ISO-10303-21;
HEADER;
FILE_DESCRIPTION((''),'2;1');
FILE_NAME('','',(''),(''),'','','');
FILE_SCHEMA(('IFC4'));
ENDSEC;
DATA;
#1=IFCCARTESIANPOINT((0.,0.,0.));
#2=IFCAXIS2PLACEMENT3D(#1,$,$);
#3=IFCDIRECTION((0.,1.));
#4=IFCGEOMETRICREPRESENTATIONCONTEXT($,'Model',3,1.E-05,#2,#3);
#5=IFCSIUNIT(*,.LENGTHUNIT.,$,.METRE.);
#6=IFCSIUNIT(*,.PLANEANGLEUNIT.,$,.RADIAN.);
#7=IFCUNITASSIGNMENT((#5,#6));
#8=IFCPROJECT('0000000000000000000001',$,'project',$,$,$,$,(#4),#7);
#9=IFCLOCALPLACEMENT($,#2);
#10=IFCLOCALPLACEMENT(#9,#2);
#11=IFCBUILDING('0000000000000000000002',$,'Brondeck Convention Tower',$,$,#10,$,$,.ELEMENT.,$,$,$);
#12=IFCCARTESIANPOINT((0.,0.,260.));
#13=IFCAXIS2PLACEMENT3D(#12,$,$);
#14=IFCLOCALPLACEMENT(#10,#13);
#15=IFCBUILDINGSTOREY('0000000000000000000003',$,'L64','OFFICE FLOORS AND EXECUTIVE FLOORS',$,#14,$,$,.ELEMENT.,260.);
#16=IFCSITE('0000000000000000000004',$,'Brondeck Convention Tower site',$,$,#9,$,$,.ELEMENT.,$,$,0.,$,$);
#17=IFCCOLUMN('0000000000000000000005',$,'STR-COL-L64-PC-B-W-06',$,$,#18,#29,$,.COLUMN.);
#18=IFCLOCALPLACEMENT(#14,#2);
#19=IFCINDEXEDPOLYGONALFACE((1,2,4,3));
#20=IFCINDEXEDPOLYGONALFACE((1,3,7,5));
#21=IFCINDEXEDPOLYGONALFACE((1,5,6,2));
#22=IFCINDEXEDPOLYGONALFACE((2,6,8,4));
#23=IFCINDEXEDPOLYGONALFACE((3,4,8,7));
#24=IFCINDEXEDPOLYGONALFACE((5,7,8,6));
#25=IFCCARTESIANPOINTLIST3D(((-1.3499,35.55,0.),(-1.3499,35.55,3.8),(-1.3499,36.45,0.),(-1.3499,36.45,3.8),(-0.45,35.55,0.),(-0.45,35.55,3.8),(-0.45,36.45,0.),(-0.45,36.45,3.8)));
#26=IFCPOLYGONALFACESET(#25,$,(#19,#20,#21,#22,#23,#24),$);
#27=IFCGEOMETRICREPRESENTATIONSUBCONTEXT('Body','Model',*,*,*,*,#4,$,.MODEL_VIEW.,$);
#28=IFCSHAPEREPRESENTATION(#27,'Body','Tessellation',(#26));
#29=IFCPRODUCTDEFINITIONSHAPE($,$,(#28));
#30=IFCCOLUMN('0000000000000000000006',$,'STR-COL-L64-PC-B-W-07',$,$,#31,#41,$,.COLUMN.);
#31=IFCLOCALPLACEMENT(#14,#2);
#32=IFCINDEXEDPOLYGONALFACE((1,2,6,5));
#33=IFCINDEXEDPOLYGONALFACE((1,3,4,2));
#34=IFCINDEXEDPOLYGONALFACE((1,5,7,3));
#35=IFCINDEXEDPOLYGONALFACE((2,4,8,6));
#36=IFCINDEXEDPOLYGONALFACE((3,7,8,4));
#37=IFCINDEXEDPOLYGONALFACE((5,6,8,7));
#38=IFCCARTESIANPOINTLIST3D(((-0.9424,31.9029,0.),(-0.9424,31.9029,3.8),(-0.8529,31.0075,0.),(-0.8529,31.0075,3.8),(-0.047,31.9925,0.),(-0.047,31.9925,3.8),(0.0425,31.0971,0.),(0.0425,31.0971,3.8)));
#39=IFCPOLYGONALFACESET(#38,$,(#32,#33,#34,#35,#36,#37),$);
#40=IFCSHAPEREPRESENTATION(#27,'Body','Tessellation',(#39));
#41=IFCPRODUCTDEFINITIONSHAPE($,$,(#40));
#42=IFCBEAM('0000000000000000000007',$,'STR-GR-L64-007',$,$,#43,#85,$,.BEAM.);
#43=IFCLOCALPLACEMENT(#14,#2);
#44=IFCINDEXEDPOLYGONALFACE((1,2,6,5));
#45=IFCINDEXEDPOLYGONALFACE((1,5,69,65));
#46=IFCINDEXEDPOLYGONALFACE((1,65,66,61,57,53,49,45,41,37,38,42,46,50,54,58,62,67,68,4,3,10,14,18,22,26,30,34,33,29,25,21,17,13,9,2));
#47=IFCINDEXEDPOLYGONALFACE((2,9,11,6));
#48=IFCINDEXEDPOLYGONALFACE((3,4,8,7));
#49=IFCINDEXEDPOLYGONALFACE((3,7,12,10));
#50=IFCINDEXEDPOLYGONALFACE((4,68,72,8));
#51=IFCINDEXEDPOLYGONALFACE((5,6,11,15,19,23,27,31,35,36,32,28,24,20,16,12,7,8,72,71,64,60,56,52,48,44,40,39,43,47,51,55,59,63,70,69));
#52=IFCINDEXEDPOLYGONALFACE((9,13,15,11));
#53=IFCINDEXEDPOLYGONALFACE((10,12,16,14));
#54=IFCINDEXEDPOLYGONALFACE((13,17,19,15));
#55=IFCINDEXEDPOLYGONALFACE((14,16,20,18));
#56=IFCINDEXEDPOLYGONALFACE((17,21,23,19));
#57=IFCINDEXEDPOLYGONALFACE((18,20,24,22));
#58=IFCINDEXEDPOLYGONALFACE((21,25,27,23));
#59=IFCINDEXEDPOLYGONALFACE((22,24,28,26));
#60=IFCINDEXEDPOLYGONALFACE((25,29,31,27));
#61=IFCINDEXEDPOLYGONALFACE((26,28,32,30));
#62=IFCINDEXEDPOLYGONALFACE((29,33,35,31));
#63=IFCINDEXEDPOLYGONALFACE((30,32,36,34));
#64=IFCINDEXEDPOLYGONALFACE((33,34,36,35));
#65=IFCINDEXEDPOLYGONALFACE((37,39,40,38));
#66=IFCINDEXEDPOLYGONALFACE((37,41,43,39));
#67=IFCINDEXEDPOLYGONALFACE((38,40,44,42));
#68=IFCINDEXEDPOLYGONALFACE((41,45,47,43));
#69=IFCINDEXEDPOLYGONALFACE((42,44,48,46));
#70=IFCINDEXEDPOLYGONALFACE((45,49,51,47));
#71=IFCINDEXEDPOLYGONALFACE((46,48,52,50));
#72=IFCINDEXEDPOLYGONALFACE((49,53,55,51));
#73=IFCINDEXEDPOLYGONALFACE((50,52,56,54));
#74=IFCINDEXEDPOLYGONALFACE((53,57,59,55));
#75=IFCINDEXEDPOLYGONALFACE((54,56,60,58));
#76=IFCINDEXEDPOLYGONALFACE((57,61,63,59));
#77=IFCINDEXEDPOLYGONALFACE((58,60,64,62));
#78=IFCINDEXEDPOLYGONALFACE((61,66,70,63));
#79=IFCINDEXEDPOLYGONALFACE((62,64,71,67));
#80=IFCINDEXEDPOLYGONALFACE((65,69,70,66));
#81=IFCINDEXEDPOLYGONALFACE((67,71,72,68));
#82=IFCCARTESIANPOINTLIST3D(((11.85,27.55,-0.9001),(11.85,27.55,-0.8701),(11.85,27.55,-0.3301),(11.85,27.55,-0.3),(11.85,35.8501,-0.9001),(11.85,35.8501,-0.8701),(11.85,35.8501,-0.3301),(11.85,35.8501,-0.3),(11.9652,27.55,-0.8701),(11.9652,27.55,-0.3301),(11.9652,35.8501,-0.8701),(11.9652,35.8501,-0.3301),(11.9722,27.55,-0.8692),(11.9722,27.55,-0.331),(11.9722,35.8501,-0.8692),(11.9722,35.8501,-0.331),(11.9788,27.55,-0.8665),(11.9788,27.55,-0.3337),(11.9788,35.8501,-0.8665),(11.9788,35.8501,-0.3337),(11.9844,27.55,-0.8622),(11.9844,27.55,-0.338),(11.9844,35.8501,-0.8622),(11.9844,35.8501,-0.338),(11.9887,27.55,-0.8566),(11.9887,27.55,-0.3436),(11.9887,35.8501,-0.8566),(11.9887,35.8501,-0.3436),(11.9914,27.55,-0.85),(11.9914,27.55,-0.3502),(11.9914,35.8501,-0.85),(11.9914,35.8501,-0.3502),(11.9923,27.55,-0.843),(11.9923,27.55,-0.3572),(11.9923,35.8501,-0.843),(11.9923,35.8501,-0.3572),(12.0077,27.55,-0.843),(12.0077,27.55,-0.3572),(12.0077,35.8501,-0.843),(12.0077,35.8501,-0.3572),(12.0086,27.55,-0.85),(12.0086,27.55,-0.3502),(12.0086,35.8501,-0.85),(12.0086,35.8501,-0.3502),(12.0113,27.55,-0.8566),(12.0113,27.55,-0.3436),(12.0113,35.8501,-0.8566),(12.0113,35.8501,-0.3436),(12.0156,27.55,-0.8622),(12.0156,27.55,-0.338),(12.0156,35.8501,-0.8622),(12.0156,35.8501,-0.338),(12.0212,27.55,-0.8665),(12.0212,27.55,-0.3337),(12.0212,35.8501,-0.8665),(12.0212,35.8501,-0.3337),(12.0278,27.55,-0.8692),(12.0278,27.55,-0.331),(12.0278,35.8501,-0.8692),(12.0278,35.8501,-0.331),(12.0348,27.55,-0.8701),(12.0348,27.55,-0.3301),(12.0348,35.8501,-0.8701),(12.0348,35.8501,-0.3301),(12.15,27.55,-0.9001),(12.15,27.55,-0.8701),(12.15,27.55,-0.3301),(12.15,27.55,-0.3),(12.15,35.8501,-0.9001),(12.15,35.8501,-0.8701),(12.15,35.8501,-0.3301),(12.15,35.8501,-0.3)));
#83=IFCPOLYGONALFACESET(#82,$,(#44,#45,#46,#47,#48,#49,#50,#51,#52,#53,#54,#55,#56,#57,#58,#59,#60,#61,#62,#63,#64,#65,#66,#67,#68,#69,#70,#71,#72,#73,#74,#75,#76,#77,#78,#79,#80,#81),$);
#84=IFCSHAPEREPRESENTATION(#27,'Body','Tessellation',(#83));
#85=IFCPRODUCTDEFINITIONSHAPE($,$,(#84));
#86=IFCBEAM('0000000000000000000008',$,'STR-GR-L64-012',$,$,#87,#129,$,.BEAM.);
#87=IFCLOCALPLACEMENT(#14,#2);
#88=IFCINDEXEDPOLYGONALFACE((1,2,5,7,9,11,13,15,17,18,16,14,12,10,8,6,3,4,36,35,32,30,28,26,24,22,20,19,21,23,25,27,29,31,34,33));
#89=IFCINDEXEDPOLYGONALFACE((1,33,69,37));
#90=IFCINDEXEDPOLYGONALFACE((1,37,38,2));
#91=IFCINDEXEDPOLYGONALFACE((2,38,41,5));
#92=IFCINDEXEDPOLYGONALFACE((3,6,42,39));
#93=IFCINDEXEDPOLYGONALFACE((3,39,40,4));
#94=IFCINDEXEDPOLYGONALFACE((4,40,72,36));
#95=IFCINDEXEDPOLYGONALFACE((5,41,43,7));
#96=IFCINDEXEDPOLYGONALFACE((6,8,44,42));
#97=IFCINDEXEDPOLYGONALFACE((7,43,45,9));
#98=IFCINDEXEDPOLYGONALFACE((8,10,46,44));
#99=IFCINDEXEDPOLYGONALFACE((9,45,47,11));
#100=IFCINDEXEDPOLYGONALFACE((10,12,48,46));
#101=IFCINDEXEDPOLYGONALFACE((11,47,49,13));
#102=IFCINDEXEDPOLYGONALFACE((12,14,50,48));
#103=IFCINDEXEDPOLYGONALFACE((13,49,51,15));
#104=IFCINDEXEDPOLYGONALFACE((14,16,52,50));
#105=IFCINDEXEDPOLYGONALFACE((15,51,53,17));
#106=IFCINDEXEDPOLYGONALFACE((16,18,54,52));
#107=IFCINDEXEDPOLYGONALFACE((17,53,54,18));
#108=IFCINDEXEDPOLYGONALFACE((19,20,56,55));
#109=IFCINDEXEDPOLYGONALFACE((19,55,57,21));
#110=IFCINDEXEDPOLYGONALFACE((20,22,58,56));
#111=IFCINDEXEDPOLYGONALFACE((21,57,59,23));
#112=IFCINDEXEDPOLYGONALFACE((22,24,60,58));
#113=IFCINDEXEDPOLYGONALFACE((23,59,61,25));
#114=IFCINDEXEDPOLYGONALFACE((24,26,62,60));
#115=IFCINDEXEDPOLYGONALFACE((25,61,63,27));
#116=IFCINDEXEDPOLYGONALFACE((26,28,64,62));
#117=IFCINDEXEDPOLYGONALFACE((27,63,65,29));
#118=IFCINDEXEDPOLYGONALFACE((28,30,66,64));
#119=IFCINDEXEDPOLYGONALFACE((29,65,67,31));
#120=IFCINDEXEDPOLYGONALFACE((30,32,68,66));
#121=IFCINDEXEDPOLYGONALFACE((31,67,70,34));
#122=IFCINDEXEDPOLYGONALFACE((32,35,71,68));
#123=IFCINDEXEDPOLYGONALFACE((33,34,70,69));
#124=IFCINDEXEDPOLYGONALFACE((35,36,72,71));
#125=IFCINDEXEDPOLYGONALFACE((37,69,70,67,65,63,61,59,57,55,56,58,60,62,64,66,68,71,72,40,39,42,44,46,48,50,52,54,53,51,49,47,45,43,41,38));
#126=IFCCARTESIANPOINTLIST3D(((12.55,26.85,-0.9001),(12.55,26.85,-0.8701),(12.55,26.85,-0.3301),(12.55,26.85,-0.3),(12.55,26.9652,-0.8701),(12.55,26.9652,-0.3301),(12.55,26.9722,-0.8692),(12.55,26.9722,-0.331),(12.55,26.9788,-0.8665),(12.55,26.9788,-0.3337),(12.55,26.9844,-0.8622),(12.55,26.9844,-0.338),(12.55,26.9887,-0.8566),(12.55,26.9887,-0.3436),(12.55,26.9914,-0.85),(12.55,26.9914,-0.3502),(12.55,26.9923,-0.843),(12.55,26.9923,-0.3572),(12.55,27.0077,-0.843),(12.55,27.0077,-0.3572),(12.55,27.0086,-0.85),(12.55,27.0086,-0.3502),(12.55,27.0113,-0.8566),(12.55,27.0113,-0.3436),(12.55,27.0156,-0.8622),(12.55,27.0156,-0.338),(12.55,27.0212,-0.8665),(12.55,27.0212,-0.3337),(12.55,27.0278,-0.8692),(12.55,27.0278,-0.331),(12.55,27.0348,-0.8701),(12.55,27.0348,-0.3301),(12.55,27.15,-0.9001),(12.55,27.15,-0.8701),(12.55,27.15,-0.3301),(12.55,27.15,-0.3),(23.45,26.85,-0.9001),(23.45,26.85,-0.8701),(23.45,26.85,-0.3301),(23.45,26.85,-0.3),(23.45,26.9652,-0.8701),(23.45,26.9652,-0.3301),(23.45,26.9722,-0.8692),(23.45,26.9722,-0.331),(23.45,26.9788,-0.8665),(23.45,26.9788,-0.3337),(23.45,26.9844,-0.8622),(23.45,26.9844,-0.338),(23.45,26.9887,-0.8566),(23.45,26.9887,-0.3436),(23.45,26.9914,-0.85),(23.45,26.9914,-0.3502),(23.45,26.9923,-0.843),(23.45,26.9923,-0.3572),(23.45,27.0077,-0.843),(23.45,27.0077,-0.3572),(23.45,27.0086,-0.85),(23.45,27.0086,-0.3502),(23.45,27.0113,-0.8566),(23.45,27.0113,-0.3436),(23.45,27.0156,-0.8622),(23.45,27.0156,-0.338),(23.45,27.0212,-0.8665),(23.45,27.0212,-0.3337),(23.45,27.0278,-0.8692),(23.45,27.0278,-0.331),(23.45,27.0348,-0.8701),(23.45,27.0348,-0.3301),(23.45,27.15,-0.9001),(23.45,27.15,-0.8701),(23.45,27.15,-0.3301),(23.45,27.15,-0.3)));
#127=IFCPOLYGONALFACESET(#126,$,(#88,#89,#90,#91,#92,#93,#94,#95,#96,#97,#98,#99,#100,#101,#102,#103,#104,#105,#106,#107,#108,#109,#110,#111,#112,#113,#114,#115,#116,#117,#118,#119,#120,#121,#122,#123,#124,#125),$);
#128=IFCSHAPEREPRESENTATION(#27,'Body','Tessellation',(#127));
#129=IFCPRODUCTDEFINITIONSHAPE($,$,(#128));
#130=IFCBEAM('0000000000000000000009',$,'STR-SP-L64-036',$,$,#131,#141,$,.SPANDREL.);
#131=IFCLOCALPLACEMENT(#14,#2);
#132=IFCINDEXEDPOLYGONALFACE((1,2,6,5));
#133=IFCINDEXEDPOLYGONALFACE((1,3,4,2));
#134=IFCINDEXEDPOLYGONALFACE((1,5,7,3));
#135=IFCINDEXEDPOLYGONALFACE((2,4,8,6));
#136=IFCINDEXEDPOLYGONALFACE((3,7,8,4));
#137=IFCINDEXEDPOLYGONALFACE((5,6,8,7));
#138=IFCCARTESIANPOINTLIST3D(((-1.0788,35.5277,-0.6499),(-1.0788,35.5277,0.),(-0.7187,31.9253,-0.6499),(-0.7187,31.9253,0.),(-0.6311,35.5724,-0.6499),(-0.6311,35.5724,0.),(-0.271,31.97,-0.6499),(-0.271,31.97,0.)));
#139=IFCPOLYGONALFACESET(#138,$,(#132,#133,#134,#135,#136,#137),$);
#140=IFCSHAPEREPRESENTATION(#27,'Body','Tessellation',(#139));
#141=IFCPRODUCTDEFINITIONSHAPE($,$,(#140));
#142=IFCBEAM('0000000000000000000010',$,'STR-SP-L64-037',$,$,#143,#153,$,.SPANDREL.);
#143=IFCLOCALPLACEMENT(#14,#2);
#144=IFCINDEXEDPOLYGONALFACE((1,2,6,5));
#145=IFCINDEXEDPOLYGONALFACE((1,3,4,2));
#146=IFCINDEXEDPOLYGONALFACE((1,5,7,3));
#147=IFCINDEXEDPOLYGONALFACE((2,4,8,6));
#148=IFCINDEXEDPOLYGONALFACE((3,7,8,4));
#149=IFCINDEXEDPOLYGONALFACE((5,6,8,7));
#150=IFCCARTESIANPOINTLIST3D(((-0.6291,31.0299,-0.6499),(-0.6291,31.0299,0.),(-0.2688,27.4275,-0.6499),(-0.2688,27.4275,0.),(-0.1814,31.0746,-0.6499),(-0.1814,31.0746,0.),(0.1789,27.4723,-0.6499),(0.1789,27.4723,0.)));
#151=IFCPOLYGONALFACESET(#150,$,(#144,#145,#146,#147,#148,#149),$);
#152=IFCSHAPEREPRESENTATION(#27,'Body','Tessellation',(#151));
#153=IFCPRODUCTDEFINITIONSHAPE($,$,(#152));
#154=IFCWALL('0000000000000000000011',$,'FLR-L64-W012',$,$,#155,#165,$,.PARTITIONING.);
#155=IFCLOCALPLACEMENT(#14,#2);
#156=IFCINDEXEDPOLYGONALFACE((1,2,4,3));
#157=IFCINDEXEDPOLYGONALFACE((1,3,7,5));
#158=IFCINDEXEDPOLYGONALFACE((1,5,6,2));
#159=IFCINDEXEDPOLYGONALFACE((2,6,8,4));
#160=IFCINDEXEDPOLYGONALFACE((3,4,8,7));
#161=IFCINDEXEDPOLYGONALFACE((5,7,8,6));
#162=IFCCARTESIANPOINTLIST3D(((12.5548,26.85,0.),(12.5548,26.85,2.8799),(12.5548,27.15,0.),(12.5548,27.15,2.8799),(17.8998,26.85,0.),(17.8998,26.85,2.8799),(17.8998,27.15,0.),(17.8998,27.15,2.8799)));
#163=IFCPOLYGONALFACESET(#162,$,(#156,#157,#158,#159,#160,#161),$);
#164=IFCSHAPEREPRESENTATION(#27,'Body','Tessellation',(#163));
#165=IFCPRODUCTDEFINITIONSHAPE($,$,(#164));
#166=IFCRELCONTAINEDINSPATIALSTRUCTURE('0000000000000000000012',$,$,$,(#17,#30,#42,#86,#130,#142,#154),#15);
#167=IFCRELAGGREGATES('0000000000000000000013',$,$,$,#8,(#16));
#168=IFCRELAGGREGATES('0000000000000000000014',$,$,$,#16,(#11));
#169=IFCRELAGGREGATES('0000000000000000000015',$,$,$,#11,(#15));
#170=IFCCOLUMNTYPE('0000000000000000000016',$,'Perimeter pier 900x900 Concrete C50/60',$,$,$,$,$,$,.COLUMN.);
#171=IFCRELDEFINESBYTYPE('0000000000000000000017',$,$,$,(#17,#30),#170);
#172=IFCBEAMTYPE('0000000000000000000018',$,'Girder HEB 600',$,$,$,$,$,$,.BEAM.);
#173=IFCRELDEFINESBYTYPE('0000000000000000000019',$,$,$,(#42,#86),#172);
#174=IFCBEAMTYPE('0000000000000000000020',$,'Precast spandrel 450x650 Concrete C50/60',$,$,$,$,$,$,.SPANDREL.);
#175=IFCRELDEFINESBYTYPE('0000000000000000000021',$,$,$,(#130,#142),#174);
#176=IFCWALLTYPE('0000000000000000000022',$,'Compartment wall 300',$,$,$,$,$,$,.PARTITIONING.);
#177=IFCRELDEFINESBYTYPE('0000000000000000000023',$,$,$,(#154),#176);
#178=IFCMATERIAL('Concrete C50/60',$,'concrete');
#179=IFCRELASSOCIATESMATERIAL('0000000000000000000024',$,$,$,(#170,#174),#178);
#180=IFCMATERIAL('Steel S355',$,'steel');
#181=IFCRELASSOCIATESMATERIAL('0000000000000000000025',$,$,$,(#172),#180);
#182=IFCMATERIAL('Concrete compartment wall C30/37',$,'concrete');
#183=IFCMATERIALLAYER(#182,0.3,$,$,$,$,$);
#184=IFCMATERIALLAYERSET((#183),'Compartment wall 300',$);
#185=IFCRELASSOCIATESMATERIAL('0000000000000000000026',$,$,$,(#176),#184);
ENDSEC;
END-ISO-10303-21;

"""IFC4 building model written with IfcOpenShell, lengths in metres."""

from ifc_helpers import new_model, si_unit, direction, frame, frame_2d, origin, origin_2d, place, context, subcontext, project, spatial, rectangle, i_section, extrude, material, layer, layer_set, material_profile, profile_set, type_object, element, save


model = new_model("IFC4")

# Units and contexts
model_context = context("Model", 3, precision=1e-05, world=origin(), true_north=direction((0.0, 1.0)))
body_context = subcontext(model_context, "Body", "Model", "MODEL_VIEW")
ifc_project = project(units=[si_unit("LENGTHUNIT", "METRE"), si_unit("PLANEANGLEUNIT", "RADIAN")], contexts=[model_context])

# Site, building, storey
site_placement = place(None, origin())
site = spatial("IfcSite", under=ifc_project, at=site_placement, Name="Brondeck Convention Tower site", CompositionType="ELEMENT", RefElevation=0.0)
building_placement = place(site_placement, origin())
building = spatial("IfcBuilding", under=site, at=building_placement, Name="Brondeck Convention Tower", CompositionType="ELEMENT")
storey_placement = place(building_placement, frame((0.0, 0.0, 260.0)))
storey = spatial("IfcBuildingStorey", under=building, at=storey_placement, Name="L64", Description="OFFICE FLOORS AND EXECUTIVE FLOORS", CompositionType="ELEMENT", Elevation=260.0)

# Columns
ifc_material_1 = material(Name="Concrete C50/60", Category="concrete")
ifc_material_profile_1 = material_profile(ifc_material_1, rectangle(XDim=0.8999, YDim=0.8999, at=origin_2d()), Name="Perimeter pier 900x900 Concrete C50/60")
ifc_profile_set_1 = profile_set([ifc_material_profile_1], Name="Concrete C50/60")
column_type = type_object("IfcColumnType", Name="Perimeter pier 900x900 Concrete C50/60", PredefinedType="COLUMN", material=ifc_profile_set_1)
for number, where, z_axis, x_axis, name in (
    (1, (-0.8999, 36.0, 0.0), (0.0, 0.0, 1.0), (0.0, -1.0, 0.0), "STR-COL-L64-PC-B-W-06"),
    (2, (-0.45, 31.5, 0.0), (0.0, 0.0, 1.0), (0.099504, -0.995037, 0.0), "STR-COL-L64-PC-B-W-07"),
):
    element("IfcColumn", number, at=place(storey_placement, frame(where, z_axis=z_axis, x_axis=x_axis)), inside=storey, type_object=column_type, Name=name, PredefinedType="COLUMN", context=body_context, shape_type="SweptSolid", body=[
        extrude(rectangle(XDim=0.8999, YDim=0.8999, at=origin_2d()), origin(), (0.0, 0.0, 1.0), 3.8),
    ])

# Beams
ifc_material_2 = material(Name="Steel S355", Category="steel")
ifc_material_profile_2 = material_profile(ifc_material_2, i_section(OverallWidth=0.3, OverallDepth=0.6001, WebThickness=0.0154, FlangeThickness=0.03, FilletRadius=0.0271, at=origin_2d()), Name="HEB 600")
ifc_profile_set_2 = profile_set([ifc_material_profile_2], Name="Steel S355")
beam_type_1 = type_object("IfcBeamType", Name="Girder HEB 600", PredefinedType="BEAM", material=ifc_profile_set_2)
beam_1_placement = place(storey_placement, frame((12.0, 35.8501, -0.6001), z_axis=(0.0, -1.0, 0.0), x_axis=(1.0, 0.0, 0.0)))
element("IfcBeam", 3, at=beam_1_placement, inside=storey, type_object=beam_type_1, Name="STR-GR-L64-007", PredefinedType="BEAM", context=body_context, shape_type="SweptSolid", body=[
    extrude(i_section(OverallWidth=0.3, OverallDepth=0.6001, WebThickness=0.0154, FlangeThickness=0.03, FilletRadius=0.0271, at=origin_2d()), origin(), (0.0, 0.0, 1.0), 8.3),
])
beam_2_placement = place(storey_placement, frame((12.55, 27.0, -0.6001), z_axis=(1.0, 0.0, 0.0), x_axis=(0.0, 1.0, 0.0)))
element("IfcBeam", 4, at=beam_2_placement, inside=storey, type_object=beam_type_1, Name="STR-GR-L64-012", PredefinedType="BEAM", context=body_context, shape_type="SweptSolid", body=[
    extrude(i_section(OverallWidth=0.3, OverallDepth=0.6001, WebThickness=0.0154, FlangeThickness=0.03, FilletRadius=0.0271, at=origin_2d()), origin(), (0.0, 0.0, 1.0), 10.8999),
])
ifc_material_profile_3 = material_profile(ifc_material_1, rectangle(XDim=0.45, YDim=0.6499, at=origin_2d()), Name="Precast spandrel 450x650 Concrete C50/60")
ifc_profile_set_3 = profile_set([ifc_material_profile_3], Name="Concrete C50/60")
beam_type_2 = type_object("IfcBeamType", Name="Precast spandrel 450x650 Concrete C50/60", PredefinedType="SPANDREL", material=ifc_profile_set_3)
for number, where, z_axis, x_axis, name in (
    (5, (-0.855, 35.55, -0.325), (0.09947, -0.995041, 0.0), (0.995041, 0.09947, 0.0), "STR-SP-L64-036"),
    (6, (-0.4053, 31.0522, -0.325), (0.099537, -0.995034, 0.0), (0.995034, 0.099537, 0.0), "STR-SP-L64-037"),
):
    element("IfcBeam", number, at=place(storey_placement, frame(where, z_axis=z_axis, x_axis=x_axis)), inside=storey, type_object=beam_type_2, Name=name, PredefinedType="SPANDREL", context=body_context, shape_type="SweptSolid", body=[
        extrude(rectangle(XDim=0.45, YDim=0.6499, at=origin_2d()), origin(), (0.0, 0.0, 1.0), 3.6204),
    ])

# Wall
ifc_material_3 = material(Name="Concrete compartment wall C30/37", Category="concrete")
ifc_layer_1 = layer(ifc_material_3, 0.3)
ifc_layer_set_1 = layer_set([ifc_layer_1], Name="Compartment wall 300")
wall_type_1 = type_object("IfcWallType", Name="Compartment wall 300", PredefinedType="PARTITIONING", material=ifc_layer_set_1)
wall_1_placement = place(storey_placement, frame((12.5549, 27.0, 0.0), z_axis=(0.0, 0.0, 1.0), x_axis=(1.0, 0.0, 0.0)))
element("IfcWall", 7, at=wall_1_placement, inside=storey, type_object=wall_type_1, Name="FLR-L64-W012", PredefinedType="PARTITIONING", context=body_context, shape_type="SweptSolid", body=[
    extrude(rectangle(XDim=5.345, YDim=0.3, at=frame_2d((2.6724, 0.0))), origin(), (0.0, 0.0, 1.0), 2.8799),
])

save(model, "model.ifc")
